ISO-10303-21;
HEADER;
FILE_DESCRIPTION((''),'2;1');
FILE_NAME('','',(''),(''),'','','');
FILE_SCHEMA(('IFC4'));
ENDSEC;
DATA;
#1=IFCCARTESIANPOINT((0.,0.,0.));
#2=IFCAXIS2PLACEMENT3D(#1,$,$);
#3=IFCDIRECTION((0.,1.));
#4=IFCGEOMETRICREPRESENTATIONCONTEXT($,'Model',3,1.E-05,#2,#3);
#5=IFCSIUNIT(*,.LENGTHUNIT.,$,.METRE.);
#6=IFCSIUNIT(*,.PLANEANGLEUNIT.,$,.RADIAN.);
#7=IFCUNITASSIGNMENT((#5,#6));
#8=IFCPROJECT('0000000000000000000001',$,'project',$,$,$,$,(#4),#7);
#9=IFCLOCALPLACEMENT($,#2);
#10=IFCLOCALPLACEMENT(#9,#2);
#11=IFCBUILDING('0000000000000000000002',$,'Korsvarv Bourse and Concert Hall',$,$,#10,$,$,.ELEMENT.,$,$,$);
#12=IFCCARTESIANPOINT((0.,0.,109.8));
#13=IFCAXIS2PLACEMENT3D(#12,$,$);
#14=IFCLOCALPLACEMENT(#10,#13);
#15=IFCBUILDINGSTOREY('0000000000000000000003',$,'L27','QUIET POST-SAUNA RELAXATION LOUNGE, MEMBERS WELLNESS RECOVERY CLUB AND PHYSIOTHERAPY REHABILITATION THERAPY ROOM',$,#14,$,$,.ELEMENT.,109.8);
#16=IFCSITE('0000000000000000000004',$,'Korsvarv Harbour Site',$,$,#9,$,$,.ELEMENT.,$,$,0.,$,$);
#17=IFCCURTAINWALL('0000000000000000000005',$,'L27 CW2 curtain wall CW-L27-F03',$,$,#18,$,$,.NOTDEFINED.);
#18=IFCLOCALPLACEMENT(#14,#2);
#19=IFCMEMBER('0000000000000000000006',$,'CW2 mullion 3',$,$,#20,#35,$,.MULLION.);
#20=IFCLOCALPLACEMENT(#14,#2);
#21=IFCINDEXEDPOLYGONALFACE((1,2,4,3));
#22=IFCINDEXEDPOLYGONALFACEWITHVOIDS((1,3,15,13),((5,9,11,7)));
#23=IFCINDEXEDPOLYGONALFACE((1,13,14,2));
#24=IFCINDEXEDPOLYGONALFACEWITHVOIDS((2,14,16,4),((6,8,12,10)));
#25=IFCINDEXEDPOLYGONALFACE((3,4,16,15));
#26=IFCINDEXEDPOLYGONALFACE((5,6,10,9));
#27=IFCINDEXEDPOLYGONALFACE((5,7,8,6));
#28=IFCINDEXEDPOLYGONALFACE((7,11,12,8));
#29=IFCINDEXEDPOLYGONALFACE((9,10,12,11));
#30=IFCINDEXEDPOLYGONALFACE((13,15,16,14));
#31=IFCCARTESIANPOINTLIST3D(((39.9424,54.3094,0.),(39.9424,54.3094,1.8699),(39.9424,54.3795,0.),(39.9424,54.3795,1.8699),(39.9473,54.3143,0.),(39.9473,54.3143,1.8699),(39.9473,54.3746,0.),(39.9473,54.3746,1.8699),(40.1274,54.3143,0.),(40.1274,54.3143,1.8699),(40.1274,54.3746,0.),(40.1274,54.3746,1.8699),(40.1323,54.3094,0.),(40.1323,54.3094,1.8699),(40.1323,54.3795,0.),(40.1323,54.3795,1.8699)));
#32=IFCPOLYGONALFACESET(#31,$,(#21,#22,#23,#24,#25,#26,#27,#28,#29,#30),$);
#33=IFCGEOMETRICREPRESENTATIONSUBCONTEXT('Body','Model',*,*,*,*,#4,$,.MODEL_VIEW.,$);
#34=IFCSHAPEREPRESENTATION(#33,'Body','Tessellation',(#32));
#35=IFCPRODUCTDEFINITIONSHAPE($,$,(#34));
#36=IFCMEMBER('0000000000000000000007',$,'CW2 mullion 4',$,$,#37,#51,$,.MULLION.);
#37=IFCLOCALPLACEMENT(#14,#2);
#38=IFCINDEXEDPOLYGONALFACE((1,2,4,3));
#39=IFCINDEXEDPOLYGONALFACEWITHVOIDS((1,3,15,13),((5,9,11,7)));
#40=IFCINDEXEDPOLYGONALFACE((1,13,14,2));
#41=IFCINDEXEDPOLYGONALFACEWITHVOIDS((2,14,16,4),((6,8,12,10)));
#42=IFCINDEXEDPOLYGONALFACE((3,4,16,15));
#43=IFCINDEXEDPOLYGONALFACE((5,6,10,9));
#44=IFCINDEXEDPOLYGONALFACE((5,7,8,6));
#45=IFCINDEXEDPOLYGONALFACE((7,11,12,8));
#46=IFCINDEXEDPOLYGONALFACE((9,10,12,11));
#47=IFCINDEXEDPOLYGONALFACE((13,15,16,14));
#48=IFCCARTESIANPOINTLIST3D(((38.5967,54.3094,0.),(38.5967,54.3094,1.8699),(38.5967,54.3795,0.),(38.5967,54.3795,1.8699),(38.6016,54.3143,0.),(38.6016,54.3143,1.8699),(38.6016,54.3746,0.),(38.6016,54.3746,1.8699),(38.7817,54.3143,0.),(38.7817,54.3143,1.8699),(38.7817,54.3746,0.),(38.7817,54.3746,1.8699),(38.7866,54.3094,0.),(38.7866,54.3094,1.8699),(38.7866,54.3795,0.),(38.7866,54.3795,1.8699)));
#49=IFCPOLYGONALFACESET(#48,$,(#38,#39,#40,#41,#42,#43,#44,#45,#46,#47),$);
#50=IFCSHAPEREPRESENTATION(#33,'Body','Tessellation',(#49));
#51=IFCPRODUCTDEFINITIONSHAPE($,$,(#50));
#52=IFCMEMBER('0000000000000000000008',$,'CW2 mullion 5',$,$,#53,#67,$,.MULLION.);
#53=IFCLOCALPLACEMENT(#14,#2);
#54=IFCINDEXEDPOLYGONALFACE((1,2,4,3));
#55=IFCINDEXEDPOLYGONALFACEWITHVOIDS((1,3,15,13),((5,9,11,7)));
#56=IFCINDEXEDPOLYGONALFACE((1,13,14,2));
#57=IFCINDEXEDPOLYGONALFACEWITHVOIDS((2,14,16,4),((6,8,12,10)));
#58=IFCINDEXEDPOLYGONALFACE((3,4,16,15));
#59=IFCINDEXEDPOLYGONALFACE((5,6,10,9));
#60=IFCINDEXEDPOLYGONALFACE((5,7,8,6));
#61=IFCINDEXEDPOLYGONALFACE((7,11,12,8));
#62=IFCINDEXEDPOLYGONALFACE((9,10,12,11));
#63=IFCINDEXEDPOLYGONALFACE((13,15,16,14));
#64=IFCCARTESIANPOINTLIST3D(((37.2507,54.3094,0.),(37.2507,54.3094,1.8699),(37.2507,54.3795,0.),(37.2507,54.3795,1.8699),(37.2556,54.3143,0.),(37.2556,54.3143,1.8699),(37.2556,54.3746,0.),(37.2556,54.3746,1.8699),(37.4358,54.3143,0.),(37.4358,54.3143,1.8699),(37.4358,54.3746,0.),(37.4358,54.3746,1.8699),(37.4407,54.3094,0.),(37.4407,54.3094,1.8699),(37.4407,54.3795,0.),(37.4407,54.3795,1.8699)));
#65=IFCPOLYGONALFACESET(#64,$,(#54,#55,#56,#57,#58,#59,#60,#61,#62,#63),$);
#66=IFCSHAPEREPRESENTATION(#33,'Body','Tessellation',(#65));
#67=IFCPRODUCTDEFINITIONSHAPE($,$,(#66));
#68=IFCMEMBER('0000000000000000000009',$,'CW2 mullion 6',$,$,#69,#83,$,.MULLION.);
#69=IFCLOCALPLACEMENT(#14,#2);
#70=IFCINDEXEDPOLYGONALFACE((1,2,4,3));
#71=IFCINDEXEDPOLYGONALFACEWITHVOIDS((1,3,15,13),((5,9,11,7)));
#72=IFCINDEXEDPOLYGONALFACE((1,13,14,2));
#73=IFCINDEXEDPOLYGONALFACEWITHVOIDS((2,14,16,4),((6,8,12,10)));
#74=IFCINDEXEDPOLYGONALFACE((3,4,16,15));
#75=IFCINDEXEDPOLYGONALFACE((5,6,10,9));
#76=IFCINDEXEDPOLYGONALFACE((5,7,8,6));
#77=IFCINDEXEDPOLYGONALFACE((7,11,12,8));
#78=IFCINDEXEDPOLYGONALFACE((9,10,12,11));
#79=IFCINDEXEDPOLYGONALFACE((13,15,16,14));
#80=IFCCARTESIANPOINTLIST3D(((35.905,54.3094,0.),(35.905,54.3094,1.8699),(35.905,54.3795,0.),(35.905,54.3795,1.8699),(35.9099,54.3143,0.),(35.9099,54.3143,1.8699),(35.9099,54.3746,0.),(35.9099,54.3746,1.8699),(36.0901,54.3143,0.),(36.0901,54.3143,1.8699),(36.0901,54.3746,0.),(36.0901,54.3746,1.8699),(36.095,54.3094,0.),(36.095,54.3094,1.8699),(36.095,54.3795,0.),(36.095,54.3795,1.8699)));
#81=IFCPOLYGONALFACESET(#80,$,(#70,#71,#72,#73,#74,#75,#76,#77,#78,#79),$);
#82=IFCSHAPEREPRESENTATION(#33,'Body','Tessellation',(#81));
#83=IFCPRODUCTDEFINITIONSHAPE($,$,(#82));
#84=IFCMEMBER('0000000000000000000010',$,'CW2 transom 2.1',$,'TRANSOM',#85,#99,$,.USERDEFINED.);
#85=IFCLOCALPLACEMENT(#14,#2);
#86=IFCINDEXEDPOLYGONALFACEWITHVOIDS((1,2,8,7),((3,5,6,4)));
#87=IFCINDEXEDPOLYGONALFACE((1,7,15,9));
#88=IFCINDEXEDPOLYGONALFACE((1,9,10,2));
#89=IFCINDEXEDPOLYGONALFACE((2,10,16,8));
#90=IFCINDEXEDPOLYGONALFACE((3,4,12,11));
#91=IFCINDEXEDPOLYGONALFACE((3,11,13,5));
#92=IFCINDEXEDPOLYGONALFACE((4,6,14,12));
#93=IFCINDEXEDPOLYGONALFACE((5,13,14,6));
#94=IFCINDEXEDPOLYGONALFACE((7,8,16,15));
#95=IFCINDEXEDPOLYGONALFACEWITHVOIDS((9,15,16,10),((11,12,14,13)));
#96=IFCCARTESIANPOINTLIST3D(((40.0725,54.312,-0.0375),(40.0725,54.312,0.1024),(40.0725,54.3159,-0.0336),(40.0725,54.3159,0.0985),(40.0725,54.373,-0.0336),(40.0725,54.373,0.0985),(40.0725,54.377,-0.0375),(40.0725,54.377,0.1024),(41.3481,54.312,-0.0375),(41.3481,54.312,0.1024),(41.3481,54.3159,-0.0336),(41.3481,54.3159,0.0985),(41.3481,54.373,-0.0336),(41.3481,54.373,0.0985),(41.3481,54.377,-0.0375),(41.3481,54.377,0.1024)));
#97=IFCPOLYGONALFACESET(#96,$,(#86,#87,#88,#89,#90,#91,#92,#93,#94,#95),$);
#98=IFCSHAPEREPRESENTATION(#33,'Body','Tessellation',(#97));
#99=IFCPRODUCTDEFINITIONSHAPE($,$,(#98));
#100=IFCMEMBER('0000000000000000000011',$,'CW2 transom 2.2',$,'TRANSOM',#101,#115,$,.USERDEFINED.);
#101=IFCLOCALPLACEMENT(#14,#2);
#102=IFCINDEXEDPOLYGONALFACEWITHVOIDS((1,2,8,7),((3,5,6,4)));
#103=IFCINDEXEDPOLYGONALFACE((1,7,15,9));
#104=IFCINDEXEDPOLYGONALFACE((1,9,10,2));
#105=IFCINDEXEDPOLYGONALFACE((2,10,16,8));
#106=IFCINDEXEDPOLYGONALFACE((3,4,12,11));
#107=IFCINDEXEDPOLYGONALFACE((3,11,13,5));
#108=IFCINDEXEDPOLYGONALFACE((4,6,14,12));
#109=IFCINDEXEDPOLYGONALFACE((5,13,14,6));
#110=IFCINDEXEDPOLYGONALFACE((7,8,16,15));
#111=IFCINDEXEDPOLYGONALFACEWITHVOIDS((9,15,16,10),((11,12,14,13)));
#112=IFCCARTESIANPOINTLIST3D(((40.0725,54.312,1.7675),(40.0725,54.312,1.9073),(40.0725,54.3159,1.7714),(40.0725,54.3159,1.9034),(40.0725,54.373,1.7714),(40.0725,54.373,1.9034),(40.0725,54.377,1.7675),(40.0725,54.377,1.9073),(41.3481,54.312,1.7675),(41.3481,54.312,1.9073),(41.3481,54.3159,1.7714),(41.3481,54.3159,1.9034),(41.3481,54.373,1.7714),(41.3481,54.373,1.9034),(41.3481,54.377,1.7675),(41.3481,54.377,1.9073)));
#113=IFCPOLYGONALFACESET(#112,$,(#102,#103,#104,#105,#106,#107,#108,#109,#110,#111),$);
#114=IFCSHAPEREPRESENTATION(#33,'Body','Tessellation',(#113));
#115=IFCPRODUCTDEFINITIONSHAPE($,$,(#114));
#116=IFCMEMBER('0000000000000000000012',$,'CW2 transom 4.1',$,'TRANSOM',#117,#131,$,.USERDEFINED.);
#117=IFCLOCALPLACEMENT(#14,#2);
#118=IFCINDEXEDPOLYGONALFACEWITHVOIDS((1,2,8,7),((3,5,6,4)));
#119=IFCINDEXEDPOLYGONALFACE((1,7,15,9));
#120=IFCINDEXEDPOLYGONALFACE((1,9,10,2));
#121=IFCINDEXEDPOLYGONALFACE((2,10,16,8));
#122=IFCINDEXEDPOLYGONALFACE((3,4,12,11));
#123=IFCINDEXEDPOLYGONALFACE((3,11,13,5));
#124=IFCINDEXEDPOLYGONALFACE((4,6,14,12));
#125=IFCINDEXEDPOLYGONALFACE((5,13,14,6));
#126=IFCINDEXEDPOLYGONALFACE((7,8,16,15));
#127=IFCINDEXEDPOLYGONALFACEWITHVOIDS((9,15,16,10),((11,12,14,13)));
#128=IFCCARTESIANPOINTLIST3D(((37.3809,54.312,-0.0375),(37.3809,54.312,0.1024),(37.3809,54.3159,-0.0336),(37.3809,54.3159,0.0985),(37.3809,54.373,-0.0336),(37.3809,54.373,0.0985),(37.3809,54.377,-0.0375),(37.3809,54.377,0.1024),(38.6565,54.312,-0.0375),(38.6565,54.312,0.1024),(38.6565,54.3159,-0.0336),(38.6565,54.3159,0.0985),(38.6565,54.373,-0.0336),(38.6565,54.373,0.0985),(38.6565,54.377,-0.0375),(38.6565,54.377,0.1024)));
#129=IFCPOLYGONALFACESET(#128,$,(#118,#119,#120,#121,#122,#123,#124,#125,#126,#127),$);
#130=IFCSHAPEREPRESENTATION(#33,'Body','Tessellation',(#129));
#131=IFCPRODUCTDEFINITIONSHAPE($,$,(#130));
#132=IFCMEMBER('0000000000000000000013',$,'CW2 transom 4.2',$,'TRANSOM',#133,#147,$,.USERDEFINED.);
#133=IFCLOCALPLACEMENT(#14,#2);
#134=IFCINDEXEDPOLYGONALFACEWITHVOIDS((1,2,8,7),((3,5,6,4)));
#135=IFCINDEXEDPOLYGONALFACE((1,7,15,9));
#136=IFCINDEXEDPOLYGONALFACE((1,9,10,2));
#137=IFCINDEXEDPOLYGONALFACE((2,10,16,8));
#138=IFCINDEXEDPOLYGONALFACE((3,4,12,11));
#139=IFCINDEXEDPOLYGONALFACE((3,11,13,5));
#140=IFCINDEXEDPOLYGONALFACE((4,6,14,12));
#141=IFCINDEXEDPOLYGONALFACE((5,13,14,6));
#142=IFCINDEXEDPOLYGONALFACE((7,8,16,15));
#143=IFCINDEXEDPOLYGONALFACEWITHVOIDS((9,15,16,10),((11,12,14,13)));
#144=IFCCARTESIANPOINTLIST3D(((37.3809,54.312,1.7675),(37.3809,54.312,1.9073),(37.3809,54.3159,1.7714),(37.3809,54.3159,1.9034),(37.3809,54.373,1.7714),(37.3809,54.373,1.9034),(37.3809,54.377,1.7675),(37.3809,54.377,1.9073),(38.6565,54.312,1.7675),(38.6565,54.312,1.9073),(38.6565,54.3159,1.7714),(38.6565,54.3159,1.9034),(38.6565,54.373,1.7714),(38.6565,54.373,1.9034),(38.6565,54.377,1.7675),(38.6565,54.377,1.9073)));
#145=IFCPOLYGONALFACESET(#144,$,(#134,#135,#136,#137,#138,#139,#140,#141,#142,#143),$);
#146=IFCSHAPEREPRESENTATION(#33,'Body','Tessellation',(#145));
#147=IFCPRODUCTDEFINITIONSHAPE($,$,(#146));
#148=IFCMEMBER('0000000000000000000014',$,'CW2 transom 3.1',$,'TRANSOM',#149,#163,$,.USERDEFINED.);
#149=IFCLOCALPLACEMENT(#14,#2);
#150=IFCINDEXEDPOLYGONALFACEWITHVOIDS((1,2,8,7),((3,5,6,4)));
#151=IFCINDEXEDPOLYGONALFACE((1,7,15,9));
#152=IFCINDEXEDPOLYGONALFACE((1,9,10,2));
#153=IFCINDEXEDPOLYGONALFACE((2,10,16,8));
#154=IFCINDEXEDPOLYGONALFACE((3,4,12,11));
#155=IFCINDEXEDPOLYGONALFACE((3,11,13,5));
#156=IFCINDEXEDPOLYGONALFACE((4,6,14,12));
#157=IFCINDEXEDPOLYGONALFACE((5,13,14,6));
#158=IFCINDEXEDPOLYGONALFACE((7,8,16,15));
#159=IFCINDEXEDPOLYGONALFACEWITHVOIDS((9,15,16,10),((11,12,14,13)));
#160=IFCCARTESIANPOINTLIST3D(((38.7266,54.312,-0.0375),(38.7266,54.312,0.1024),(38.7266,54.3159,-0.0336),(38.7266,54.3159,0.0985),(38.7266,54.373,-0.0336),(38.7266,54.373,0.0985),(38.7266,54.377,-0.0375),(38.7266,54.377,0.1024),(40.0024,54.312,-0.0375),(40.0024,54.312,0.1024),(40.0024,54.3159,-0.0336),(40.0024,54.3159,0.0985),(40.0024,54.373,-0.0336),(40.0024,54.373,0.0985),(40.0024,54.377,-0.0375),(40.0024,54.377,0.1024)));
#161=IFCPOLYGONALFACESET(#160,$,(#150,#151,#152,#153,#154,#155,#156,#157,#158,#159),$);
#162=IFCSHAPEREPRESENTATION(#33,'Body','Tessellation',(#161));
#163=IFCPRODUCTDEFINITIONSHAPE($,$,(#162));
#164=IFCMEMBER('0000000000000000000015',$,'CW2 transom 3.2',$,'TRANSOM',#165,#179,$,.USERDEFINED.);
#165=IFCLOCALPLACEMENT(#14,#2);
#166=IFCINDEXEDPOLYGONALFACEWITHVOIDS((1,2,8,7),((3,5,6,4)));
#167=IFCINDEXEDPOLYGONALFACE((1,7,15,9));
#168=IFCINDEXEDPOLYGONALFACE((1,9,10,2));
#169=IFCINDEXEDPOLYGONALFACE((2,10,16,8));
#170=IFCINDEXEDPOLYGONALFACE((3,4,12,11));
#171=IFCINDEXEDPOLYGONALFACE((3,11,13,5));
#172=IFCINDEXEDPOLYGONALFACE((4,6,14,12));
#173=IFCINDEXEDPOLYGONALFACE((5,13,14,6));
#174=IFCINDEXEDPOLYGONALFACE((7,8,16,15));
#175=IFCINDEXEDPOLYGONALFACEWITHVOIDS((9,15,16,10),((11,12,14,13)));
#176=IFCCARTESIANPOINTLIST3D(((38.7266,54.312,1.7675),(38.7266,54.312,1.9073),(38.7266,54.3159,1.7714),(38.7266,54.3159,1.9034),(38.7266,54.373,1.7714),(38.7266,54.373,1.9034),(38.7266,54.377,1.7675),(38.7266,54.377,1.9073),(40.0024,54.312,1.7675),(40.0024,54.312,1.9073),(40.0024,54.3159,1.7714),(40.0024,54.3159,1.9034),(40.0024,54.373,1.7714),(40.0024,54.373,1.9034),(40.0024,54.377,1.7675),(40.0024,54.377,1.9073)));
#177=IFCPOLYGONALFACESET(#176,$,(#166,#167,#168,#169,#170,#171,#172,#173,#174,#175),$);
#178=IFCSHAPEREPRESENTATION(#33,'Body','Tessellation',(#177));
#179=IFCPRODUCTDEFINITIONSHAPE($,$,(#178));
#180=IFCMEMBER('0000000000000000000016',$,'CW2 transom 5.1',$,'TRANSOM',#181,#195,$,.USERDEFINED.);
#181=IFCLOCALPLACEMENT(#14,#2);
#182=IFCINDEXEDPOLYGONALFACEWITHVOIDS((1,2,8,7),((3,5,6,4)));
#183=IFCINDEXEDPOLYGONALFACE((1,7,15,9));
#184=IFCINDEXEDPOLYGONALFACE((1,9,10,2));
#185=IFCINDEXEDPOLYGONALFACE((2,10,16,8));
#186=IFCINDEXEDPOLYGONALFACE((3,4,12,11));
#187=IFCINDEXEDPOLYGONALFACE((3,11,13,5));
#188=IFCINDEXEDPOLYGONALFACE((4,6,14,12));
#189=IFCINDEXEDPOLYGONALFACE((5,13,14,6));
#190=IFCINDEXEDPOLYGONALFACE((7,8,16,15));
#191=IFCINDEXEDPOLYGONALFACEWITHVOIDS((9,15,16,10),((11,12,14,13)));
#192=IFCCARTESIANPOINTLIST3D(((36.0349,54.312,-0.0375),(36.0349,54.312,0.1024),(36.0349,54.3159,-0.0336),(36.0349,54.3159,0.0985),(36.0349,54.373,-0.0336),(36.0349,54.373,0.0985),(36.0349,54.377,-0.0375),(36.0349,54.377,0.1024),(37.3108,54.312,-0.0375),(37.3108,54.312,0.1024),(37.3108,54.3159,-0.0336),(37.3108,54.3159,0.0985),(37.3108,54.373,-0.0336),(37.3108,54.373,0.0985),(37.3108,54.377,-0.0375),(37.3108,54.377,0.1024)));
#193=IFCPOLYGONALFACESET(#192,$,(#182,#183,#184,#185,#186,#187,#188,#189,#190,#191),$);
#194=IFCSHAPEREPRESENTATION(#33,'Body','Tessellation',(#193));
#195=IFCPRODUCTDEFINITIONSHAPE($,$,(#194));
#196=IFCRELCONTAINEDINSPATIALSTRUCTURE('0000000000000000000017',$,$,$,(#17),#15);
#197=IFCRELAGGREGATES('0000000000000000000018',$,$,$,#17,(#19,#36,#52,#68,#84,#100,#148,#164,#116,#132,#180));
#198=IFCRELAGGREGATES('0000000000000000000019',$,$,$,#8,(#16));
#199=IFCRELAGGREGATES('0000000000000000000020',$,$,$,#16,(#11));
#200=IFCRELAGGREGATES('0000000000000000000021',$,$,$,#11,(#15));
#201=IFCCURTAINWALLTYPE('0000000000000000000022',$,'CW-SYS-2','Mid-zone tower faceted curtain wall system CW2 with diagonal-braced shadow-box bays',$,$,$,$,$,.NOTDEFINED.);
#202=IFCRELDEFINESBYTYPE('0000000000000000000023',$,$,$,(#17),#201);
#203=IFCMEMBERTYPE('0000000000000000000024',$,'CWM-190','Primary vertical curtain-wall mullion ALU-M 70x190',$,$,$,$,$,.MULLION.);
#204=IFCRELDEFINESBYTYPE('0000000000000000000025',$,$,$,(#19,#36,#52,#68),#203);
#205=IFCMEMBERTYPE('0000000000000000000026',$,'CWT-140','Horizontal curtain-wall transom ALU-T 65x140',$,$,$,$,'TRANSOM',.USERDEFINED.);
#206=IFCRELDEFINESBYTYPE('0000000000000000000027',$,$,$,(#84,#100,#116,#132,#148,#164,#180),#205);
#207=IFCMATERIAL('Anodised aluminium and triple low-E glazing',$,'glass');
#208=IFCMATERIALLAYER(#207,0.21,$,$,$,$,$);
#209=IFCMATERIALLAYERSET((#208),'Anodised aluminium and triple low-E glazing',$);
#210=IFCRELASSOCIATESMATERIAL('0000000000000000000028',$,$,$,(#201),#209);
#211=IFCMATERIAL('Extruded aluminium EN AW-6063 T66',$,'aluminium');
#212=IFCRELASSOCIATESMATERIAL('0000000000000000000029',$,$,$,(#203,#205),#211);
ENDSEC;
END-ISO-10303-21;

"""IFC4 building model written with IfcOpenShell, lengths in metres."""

from ifc_helpers import new_model, si_unit, direction, frame, origin, origin_2d, place, context, subcontext, project, spatial, hollow_rectangle, extrude, source, transform, mapped, material, layer, layer_set, material_profile, profile_set, type_object, element, aggregate, save


model = new_model("IFC4")

# Units and contexts
model_context = context("Model", 3, precision=1e-05, world=origin(), true_north=direction((0.0, 1.0)))
body_context = subcontext(model_context, "Body", "Model", "MODEL_VIEW")
ifc_project = project(units=[si_unit("LENGTHUNIT", "METRE"), si_unit("PLANEANGLEUNIT", "RADIAN")], contexts=[model_context])

# Site, building, storey
site_placement = place(None, origin())
site = spatial("IfcSite", under=ifc_project, at=site_placement, Name="Korsvarv Harbour Site", CompositionType="ELEMENT", RefElevation=0.0)
building_placement = place(site_placement, origin())
building = spatial("IfcBuilding", under=site, at=building_placement, Name="Korsvarv Bourse and Concert Hall", CompositionType="ELEMENT")
storey_placement = place(building_placement, frame((0.0, 0.0, 109.8)))
storey = spatial("IfcBuildingStorey", under=building, at=storey_placement, Name="L27", Description="QUIET POST-SAUNA RELAXATION LOUNGE, MEMBERS WELLNESS RECOVERY CLUB AND PHYSIOTHERAPY REHABILITATION THERAPY ROOM", CompositionType="ELEMENT", Elevation=109.8)

# Curtain wall, members
ifc_material_1 = material(Name="Anodised aluminium and triple low-E glazing", Category="glass")
ifc_layer_1 = layer(ifc_material_1, 0.21)
ifc_layer_set_1 = layer_set([ifc_layer_1], Name="Anodised aluminium and triple low-E glazing")
curtain_wall_type = type_object("IfcCurtainWallType", Name="CW-SYS-2", Description="Mid-zone tower faceted curtain wall system CW2 with diagonal-braced shadow-box bays", PredefinedType="NOTDEFINED", material=ifc_layer_set_1)
curtain_wall_placement = place(storey_placement, origin())
curtain_wall = element("IfcCurtainWall", 1, at=curtain_wall_placement, inside=storey, type_object=curtain_wall_type, Name="L27 CW2 curtain wall CW-L27-F03", PredefinedType="NOTDEFINED")
ifc_material_2 = material(Name="Extruded aluminium EN AW-6063 T66", Category="aluminium")
ifc_material_profile_1 = material_profile(ifc_material_2, hollow_rectangle(XDim=0.0701, YDim=0.1899, WallThickness=0.0049, at=origin_2d()), Name="ALU-M 70x190")
ifc_profile_set_1 = profile_set([ifc_material_profile_1], Name="Extruded aluminium EN AW-6063 T66")
member_type_1 = type_object("IfcMemberType", Name="CWM-190", Description="Primary vertical curtain-wall mullion ALU-M 70x190", PredefinedType="MULLION", material=ifc_profile_set_1)
shared_shape_1 = source(origin(), body_context, "Body", "SweptSolid", [
    extrude(hollow_rectangle(XDim=0.0701, YDim=0.1899, WallThickness=0.0049, at=origin_2d()), origin(), (0.0, 0.0, 1.0), 1.8699),
])
member_1_placement = place(storey_placement, frame((40.0374, 54.3445, 0.0), z_axis=(0.0, 0.0, 1.0), x_axis=(0.0, -1.0, 0.0)))
member_1 = element("IfcMember", 2, at=member_1_placement, type_object=member_type_1, Name="CW2 mullion 3", PredefinedType="MULLION", context=body_context, shape_type="MappedRepresentation", body=[
    mapped(shared_shape_1, transform((0.0, 0.0, 0.0), scale=1.0)),
])
member_2_placement = place(storey_placement, frame((38.6917, 54.3445, 0.0), z_axis=(0.0, 0.0, 1.0), x_axis=(0.0, -1.0, 0.0)))
member_2 = element("IfcMember", 3, at=member_2_placement, type_object=member_type_1, Name="CW2 mullion 4", PredefinedType="MULLION", context=body_context, shape_type="MappedRepresentation", body=[
    mapped(shared_shape_1, transform((0.0, 0.0, 0.0), scale=1.0)),
])
member_3_placement = place(storey_placement, frame((37.3457, 54.3445, 0.0), z_axis=(0.0, 0.0, 1.0), x_axis=(0.0, -1.0, 0.0)))
member_3 = element("IfcMember", 4, at=member_3_placement, type_object=member_type_1, Name="CW2 mullion 5", PredefinedType="MULLION", context=body_context, shape_type="MappedRepresentation", body=[
    mapped(shared_shape_1, transform((0.0, 0.0, 0.0), scale=1.0)),
])
member_4_placement = place(storey_placement, frame((36.0, 54.3445, 0.0), z_axis=(0.0, 0.0, 1.0), x_axis=(0.0, -1.0, 0.0)))
member_4 = element("IfcMember", 5, at=member_4_placement, type_object=member_type_1, Name="CW2 mullion 6", PredefinedType="MULLION", context=body_context, shape_type="MappedRepresentation", body=[
    mapped(shared_shape_1, transform((0.0, 0.0, 0.0), scale=1.0)),
])
ifc_material_profile_2 = material_profile(ifc_material_2, hollow_rectangle(XDim=0.0649, YDim=0.1399, WallThickness=0.0039, at=origin_2d()), Name="ALU-T 65x140")
ifc_profile_set_2 = profile_set([ifc_material_profile_2], Name="Extruded aluminium EN AW-6063 T66")
member_type_2 = type_object("IfcMemberType", Name="CWT-140", Description="Horizontal curtain-wall transom ALU-T 65x140", ElementType="TRANSOM", PredefinedType="USERDEFINED", material=ifc_profile_set_2)
shared_shape_2 = source(origin(), body_context, "Body", "SweptSolid", [
    extrude(hollow_rectangle(XDim=0.0649, YDim=0.1399, WallThickness=0.0039, at=origin_2d()), origin(), (0.0, 0.0, 1.0), 1.2756),
])
member_5_placement = place(storey_placement, frame((41.3481, 54.3445, 0.0325), z_axis=(-1.0, 0.0, 0.0), x_axis=(0.0, -1.0, 0.0)))
member_5 = element("IfcMember", 6, at=member_5_placement, type_object=member_type_2, Name="CW2 transom 2.1", ObjectType="TRANSOM", PredefinedType="USERDEFINED", context=body_context, shape_type="MappedRepresentation", body=[
    mapped(shared_shape_2, transform((0.0, 0.0, 0.0), scale=1.0)),
])
member_6_placement = place(storey_placement, frame((41.3481, 54.3445, 1.8374), z_axis=(-1.0, 0.0, 0.0), x_axis=(0.0, -1.0, 0.0)))
member_6 = element("IfcMember", 7, at=member_6_placement, type_object=member_type_2, Name="CW2 transom 2.2", ObjectType="TRANSOM", PredefinedType="USERDEFINED", context=body_context, shape_type="MappedRepresentation", body=[
    mapped(shared_shape_2, transform((0.0, 0.0, 0.0), scale=1.0)),
])
member_7_placement = place(storey_placement, frame((38.6565, 54.3445, 0.0325), z_axis=(-1.0, 0.0, 0.0), x_axis=(0.0, -1.0, 0.0)))
member_7 = element("IfcMember", 8, at=member_7_placement, type_object=member_type_2, Name="CW2 transom 4.1", ObjectType="TRANSOM", PredefinedType="USERDEFINED", context=body_context, shape_type="MappedRepresentation", body=[
    mapped(shared_shape_2, transform((0.0, 0.0, 0.0), scale=1.0)),
])
member_8_placement = place(storey_placement, frame((38.6565, 54.3445, 1.8374), z_axis=(-1.0, 0.0, 0.0), x_axis=(0.0, -1.0, 0.0)))
member_8 = element("IfcMember", 9, at=member_8_placement, type_object=member_type_2, Name="CW2 transom 4.2", ObjectType="TRANSOM", PredefinedType="USERDEFINED", context=body_context, shape_type="MappedRepresentation", body=[
    mapped(shared_shape_2, transform((0.0, 0.0, 0.0), scale=1.0)),
])
shared_shape_3 = source(origin(), body_context, "Body", "SweptSolid", [
    extrude(hollow_rectangle(XDim=0.0649, YDim=0.1399, WallThickness=0.0039, at=origin_2d()), origin(), (0.0, 0.0, 1.0), 1.2759),
])
member_9_placement = place(storey_placement, frame((40.0024, 54.3445, 0.0325), z_axis=(-1.0, 0.0, 0.0), x_axis=(0.0, -1.0, 0.0)))
member_9 = element("IfcMember", 10, at=member_9_placement, type_object=member_type_2, Name="CW2 transom 3.1", ObjectType="TRANSOM", PredefinedType="USERDEFINED", context=body_context, shape_type="MappedRepresentation", body=[
    mapped(shared_shape_3, transform((0.0, 0.0, 0.0), scale=1.0)),
])
member_10_placement = place(storey_placement, frame((40.0024, 54.3445, 1.8374), z_axis=(-1.0, 0.0, 0.0), x_axis=(0.0, -1.0, 0.0)))
member_10 = element("IfcMember", 11, at=member_10_placement, type_object=member_type_2, Name="CW2 transom 3.2", ObjectType="TRANSOM", PredefinedType="USERDEFINED", context=body_context, shape_type="MappedRepresentation", body=[
    mapped(shared_shape_3, transform((0.0, 0.0, 0.0), scale=1.0)),
])
member_11_placement = place(storey_placement, frame((37.3108, 54.3445, 0.0325), z_axis=(-1.0, 0.0, 0.0), x_axis=(0.0, -1.0, 0.0)))
member_11 = element("IfcMember", 12, at=member_11_placement, type_object=member_type_2, Name="CW2 transom 5.1", ObjectType="TRANSOM", PredefinedType="USERDEFINED", context=body_context, shape_type="MappedRepresentation", body=[
    mapped(shared_shape_3, transform((0.0, 0.0, 0.0), scale=1.0)),
])
aggregate(curtain_wall, [member_1, member_2, member_3, member_4, member_5, member_6, member_9, member_10, member_7, member_8, member_11])

save(model, "model.ifc")
